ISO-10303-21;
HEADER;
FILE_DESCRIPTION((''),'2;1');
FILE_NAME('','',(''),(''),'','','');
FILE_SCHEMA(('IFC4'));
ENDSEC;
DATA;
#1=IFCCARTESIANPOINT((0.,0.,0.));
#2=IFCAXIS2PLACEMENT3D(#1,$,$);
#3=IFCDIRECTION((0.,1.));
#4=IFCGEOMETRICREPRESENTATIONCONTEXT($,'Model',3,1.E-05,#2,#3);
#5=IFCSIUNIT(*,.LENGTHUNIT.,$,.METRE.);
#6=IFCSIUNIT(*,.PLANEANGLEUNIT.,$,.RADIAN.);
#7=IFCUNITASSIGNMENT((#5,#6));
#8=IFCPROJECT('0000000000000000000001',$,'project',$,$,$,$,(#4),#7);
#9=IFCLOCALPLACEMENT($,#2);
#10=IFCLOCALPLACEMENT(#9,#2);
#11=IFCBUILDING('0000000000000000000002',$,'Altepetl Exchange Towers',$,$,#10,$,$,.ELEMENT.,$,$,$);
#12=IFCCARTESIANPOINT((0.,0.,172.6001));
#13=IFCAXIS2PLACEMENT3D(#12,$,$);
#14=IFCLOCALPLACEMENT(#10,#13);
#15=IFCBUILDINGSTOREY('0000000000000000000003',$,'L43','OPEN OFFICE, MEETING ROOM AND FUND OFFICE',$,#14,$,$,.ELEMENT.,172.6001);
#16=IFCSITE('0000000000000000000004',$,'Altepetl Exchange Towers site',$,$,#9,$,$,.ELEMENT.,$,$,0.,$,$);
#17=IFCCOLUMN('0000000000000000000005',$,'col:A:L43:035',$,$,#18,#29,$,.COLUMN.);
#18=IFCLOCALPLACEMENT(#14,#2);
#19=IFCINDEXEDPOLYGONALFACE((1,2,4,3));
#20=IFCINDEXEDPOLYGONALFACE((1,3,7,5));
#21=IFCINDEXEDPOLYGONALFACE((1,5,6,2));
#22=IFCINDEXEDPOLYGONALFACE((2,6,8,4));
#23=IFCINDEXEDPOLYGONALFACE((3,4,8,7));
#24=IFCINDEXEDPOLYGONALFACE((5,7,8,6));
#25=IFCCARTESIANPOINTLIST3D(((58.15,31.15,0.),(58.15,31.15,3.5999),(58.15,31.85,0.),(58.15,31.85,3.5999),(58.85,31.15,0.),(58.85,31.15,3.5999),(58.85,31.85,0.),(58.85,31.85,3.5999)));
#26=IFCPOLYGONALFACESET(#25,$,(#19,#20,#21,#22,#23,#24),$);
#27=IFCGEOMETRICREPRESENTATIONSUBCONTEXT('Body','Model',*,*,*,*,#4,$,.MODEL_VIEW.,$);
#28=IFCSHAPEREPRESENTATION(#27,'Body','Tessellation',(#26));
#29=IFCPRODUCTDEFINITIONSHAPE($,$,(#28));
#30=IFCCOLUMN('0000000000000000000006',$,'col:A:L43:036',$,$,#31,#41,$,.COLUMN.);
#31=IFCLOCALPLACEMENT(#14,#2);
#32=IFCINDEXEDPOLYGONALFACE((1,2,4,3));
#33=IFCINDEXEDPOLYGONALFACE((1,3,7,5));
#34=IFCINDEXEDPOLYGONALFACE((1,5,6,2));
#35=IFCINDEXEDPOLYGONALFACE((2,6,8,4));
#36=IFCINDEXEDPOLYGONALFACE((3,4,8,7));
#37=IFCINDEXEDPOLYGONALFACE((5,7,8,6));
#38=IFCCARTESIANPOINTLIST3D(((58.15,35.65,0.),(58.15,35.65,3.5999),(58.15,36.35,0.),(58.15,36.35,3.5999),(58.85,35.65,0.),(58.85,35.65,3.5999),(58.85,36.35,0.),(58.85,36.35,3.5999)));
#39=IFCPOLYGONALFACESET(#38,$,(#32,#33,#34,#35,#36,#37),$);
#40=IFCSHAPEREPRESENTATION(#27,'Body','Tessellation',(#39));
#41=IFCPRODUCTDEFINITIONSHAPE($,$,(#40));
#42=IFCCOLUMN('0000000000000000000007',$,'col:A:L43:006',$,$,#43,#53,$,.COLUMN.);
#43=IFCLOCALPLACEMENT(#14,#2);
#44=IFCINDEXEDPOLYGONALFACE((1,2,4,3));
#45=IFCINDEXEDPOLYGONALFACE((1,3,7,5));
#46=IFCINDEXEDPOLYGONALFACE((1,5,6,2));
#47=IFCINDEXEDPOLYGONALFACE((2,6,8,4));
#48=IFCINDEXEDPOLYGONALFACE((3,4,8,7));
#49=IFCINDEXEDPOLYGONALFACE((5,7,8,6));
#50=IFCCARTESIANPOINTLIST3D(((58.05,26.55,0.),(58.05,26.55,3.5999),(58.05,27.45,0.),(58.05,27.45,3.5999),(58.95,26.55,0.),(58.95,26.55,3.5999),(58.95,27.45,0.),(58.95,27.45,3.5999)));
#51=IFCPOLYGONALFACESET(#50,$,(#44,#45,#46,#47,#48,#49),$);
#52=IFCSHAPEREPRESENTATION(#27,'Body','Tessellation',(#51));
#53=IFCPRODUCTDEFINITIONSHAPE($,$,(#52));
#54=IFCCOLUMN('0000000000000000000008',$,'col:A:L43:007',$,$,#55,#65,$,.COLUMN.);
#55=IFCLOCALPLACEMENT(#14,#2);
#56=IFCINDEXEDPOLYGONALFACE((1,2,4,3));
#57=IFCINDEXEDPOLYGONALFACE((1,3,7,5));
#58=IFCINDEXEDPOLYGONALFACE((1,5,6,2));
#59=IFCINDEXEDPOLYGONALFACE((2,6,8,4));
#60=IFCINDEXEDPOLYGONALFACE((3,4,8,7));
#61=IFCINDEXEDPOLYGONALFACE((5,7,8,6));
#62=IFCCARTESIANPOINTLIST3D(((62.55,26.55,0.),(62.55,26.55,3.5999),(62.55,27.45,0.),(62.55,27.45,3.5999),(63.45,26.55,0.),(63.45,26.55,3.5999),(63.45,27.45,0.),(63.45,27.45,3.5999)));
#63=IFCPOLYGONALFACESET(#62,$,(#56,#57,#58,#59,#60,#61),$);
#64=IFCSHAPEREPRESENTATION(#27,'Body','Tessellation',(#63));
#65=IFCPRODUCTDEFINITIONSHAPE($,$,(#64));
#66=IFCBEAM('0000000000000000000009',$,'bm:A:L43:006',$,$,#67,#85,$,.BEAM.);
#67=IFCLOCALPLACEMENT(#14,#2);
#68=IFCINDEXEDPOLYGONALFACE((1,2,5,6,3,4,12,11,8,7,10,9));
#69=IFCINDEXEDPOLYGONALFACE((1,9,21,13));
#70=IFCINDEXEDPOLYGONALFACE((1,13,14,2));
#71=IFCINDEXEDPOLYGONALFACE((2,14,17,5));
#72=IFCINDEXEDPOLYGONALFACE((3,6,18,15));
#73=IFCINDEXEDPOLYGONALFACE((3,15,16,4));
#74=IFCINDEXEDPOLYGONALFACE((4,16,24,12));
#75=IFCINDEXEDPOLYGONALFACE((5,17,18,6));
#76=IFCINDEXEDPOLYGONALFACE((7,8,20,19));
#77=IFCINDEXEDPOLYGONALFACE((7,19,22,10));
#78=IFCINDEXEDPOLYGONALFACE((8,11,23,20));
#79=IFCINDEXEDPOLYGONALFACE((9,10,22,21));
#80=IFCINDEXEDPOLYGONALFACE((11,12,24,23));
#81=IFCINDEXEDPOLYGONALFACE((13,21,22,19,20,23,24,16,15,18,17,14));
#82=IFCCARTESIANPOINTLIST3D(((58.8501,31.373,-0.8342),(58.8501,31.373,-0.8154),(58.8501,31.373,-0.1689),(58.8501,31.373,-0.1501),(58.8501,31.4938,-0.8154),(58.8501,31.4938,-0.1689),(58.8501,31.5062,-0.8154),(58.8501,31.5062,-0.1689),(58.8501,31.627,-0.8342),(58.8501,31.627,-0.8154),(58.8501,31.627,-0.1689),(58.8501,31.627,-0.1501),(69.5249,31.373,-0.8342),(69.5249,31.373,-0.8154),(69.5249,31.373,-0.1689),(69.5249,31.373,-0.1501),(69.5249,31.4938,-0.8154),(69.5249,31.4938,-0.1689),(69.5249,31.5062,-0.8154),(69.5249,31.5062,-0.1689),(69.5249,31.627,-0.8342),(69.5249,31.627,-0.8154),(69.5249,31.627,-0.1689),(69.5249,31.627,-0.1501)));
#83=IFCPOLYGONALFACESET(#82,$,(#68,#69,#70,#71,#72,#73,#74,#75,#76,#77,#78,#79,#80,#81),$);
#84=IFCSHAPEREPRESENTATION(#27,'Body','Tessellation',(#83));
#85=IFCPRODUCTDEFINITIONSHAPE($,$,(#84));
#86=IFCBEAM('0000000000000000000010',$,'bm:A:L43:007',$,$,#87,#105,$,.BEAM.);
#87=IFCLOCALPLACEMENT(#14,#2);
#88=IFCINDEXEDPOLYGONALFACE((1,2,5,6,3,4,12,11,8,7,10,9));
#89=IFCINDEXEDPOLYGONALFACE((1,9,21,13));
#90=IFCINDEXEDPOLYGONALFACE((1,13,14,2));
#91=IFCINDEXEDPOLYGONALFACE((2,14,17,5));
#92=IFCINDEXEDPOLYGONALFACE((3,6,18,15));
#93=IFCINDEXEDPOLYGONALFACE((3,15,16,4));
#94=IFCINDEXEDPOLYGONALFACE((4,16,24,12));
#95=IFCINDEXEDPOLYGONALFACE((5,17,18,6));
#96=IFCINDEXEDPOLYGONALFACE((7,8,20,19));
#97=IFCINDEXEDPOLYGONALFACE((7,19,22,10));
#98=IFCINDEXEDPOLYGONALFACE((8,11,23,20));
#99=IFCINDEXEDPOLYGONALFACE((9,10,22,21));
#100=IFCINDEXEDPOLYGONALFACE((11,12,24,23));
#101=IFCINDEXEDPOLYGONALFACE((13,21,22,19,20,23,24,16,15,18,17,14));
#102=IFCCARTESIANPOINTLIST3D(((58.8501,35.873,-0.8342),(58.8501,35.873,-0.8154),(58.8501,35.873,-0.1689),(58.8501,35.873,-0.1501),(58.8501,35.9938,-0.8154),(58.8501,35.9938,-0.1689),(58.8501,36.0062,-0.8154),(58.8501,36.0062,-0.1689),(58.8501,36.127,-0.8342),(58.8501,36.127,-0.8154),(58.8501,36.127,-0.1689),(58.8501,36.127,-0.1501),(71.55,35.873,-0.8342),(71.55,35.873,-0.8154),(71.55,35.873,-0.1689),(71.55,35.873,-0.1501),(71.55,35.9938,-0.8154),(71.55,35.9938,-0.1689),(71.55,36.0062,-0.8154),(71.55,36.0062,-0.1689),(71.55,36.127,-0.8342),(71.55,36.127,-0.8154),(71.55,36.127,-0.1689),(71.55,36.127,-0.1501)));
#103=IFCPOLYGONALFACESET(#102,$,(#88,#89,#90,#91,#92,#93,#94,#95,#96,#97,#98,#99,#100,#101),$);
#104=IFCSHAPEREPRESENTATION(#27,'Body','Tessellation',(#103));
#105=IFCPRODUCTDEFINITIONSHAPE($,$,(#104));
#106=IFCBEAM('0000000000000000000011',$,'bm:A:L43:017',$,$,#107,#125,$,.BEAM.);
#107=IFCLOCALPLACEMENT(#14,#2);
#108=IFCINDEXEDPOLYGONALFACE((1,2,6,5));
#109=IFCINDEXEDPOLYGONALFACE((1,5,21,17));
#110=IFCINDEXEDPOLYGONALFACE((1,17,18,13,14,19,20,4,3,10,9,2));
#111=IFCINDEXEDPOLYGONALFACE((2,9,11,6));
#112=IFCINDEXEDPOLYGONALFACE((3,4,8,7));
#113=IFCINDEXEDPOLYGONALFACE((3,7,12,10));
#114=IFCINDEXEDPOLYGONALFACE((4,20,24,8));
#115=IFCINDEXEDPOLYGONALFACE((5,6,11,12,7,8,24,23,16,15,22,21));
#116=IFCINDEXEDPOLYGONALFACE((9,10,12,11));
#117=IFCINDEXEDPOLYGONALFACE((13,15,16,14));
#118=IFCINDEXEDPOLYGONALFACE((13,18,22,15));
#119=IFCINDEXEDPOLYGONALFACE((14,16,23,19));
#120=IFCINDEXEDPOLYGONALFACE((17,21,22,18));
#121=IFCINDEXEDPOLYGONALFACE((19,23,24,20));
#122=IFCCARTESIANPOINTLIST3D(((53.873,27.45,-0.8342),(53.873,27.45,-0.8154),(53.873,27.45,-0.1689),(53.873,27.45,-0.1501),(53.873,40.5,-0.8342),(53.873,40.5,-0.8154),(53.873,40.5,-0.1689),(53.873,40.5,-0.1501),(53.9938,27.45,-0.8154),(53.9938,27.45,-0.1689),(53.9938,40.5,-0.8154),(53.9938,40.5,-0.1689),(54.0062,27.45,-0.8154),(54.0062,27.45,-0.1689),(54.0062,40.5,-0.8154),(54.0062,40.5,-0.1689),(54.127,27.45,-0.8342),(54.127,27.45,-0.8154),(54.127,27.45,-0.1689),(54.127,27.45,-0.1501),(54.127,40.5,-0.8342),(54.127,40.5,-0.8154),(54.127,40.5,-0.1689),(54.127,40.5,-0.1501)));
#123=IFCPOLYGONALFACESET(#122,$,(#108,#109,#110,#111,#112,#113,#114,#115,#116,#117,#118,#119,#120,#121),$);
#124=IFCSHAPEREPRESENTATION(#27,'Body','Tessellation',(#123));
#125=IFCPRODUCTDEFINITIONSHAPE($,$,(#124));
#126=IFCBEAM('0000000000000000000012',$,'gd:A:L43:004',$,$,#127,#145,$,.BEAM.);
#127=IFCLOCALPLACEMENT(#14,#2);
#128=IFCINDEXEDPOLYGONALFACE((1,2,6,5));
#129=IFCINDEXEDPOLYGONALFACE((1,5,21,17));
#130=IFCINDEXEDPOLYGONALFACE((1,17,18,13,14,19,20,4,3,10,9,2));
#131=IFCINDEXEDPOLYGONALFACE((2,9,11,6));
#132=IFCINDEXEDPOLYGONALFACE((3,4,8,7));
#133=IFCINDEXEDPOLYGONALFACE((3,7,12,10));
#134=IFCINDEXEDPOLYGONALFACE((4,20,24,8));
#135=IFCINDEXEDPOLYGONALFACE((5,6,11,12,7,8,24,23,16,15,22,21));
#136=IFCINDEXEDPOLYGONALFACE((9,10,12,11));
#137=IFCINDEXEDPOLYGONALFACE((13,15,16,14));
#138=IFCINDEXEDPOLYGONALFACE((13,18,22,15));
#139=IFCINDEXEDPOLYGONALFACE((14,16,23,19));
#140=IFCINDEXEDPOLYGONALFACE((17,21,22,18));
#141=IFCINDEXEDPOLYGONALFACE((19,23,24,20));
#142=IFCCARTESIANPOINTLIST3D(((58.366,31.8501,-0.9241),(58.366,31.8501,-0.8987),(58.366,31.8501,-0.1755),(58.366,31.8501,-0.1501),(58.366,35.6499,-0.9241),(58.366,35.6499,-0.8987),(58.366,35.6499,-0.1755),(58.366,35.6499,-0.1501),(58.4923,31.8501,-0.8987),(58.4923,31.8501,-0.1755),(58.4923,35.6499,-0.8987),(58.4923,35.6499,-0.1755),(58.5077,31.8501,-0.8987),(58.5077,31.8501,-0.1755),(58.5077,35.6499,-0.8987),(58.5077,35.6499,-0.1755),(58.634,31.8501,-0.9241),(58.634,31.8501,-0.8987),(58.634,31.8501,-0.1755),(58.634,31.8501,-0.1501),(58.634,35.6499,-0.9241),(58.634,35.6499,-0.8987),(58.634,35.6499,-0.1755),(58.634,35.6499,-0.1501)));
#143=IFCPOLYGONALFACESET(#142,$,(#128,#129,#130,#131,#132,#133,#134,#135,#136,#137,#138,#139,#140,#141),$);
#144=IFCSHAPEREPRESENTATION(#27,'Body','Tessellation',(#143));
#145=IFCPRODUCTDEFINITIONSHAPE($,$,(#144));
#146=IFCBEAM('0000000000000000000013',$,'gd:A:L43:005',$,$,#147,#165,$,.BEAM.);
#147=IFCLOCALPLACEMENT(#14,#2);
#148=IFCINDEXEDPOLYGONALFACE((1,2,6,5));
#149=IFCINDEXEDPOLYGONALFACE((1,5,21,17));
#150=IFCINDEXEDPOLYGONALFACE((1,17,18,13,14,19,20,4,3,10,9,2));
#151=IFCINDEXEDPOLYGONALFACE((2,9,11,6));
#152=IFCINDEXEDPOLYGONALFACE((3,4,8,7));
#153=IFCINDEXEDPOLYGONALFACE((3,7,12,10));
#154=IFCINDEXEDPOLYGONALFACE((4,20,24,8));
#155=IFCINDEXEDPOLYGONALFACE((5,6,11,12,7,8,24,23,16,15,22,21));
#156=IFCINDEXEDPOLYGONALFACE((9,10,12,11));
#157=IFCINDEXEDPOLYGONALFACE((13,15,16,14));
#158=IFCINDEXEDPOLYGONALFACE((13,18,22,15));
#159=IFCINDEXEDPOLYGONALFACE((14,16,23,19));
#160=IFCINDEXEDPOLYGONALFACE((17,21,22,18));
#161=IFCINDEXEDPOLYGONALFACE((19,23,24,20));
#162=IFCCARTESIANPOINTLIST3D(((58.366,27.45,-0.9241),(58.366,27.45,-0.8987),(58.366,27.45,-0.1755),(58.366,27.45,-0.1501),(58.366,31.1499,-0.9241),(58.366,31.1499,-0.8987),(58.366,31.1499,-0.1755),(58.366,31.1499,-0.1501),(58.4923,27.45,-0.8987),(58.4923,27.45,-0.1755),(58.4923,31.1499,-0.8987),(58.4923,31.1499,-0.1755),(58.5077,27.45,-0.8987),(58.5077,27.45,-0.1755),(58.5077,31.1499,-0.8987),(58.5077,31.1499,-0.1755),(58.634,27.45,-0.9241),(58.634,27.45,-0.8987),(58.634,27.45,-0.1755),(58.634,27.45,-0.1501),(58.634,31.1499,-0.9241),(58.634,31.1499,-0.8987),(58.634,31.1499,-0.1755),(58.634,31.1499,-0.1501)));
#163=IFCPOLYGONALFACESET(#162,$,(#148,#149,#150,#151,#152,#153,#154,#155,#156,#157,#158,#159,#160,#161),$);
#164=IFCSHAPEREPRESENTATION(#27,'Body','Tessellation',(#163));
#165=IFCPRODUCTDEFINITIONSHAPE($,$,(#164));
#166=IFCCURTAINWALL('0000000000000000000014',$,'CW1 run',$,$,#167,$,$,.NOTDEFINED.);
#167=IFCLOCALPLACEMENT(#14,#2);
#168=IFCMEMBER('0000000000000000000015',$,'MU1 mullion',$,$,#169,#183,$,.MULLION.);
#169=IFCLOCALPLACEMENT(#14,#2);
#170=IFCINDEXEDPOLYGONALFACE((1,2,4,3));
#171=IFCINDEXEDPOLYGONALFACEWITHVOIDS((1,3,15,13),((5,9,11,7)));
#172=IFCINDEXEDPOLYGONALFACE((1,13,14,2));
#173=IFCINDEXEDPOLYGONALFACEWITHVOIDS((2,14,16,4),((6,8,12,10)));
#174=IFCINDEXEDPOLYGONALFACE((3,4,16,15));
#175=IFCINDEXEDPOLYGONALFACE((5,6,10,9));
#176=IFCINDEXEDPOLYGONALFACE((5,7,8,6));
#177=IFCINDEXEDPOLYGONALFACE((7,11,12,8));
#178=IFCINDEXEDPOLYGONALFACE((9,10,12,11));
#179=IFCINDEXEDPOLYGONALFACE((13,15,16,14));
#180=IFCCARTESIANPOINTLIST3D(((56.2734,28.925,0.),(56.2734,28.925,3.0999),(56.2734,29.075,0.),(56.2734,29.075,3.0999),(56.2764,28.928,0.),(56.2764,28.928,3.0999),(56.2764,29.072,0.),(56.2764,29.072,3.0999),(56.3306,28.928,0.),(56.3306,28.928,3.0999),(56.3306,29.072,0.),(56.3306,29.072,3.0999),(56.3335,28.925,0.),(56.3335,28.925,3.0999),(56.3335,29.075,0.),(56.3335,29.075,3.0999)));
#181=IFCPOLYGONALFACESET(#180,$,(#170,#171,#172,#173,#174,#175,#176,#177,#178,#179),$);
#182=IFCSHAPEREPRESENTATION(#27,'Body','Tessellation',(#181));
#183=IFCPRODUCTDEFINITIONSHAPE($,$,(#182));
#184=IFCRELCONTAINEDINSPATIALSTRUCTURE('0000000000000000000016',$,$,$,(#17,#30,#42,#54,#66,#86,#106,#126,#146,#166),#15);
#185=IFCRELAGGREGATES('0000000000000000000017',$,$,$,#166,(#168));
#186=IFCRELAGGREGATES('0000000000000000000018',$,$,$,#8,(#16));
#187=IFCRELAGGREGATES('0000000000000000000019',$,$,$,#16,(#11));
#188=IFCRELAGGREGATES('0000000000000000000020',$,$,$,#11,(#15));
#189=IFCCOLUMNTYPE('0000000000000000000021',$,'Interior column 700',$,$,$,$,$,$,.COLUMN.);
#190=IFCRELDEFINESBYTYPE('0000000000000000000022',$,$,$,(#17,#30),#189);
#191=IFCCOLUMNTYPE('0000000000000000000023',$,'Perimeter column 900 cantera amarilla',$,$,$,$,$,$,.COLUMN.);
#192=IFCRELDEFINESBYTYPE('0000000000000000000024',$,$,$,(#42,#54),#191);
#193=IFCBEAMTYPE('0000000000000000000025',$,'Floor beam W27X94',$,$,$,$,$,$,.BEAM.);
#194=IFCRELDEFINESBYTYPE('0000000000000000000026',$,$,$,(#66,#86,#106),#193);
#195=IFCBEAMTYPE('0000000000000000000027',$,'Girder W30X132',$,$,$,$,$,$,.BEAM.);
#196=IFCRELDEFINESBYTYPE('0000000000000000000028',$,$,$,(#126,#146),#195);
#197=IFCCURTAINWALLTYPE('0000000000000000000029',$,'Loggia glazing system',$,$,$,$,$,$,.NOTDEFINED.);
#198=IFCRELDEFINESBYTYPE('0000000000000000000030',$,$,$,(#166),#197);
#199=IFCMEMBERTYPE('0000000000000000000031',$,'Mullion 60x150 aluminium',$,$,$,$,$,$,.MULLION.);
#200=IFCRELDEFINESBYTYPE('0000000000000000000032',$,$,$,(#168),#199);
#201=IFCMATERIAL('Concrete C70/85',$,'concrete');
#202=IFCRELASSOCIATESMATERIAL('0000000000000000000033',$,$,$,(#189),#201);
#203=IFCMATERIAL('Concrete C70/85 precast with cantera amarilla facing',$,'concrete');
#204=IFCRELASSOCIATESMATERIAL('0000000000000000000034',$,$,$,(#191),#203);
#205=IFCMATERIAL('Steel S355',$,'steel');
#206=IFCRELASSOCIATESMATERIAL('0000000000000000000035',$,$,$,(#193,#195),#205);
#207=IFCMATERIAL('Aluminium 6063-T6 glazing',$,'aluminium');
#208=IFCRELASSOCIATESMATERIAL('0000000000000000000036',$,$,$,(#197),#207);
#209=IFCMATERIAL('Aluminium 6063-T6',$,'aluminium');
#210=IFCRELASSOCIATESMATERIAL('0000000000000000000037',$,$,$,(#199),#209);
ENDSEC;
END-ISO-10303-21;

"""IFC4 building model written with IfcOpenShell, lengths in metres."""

from ifc_helpers import new_model, si_unit, direction, frame, origin, origin_2d, place, context, subcontext, project, spatial, rectangle, hollow_rectangle, i_section, extrude, material, material_profile, profile_set, type_object, element, aggregate, save


model = new_model("IFC4")

# Units and contexts
model_context = context("Model", 3, precision=1e-05, world=origin(), true_north=direction((0.0, 1.0)))
body_context = subcontext(model_context, "Body", "Model", "MODEL_VIEW")
ifc_project = project(units=[si_unit("LENGTHUNIT", "METRE"), si_unit("PLANEANGLEUNIT", "RADIAN")], contexts=[model_context])

# Site, building, storey
site_placement = place(None, origin())
site = spatial("IfcSite", under=ifc_project, at=site_placement, Name="Altepetl Exchange Towers site", CompositionType="ELEMENT", RefElevation=0.0)
building_placement = place(site_placement, origin())
building = spatial("IfcBuilding", under=site, at=building_placement, Name="Altepetl Exchange Towers", CompositionType="ELEMENT")
storey_placement = place(building_placement, frame((0.0, 0.0, 172.6001)))
storey = spatial("IfcBuildingStorey", under=building, at=storey_placement, Name="L43", Description="OPEN OFFICE, MEETING ROOM AND FUND OFFICE", CompositionType="ELEMENT", Elevation=172.6001)

# Columns
ifc_material_1 = material(Name="Concrete C70/85", Category="concrete")
ifc_material_profile_1 = material_profile(ifc_material_1, rectangle(XDim=0.7, YDim=0.7, at=origin_2d()), Name="700 x 700")
ifc_profile_set_1 = profile_set([ifc_material_profile_1], Name="Concrete C70/85")
column_type_1 = type_object("IfcColumnType", Name="Interior column 700", PredefinedType="COLUMN", material=ifc_profile_set_1)
for number, where, name in (
    (1, (58.5, 31.5, 0.0), "col:A:L43:035"),
    (2, (58.5, 36.0, 0.0), "col:A:L43:036"),
):
    element("IfcColumn", number, at=place(storey_placement, frame(where)), inside=storey, type_object=column_type_1, Name=name, PredefinedType="COLUMN", context=body_context, shape_type="SweptSolid", body=[
        extrude(rectangle(XDim=0.7, YDim=0.7, at=origin_2d()), origin(), (0.0, 0.0, 1.0), 3.5999),
    ])
ifc_material_2 = material(Name="Concrete C70/85 precast with cantera amarilla facing", Category="concrete")
ifc_material_profile_2 = material_profile(ifc_material_2, rectangle(XDim=0.8999, YDim=0.8999, at=origin_2d()), Name="900 x 900")
ifc_profile_set_2 = profile_set([ifc_material_profile_2], Name="Concrete C70/85 precast with cantera amarilla facing")
column_type_2 = type_object("IfcColumnType", Name="Perimeter column 900 cantera amarilla", PredefinedType="COLUMN", material=ifc_profile_set_2)
for number, where, name in (
    (3, (58.5, 27.0, 0.0), "col:A:L43:006"),
    (4, (63.0, 27.0, 0.0), "col:A:L43:007"),
):
    element("IfcColumn", number, at=place(storey_placement, frame(where)), inside=storey, type_object=column_type_2, Name=name, PredefinedType="COLUMN", context=body_context, shape_type="SweptSolid", body=[
        extrude(rectangle(XDim=0.8999, YDim=0.8999, at=origin_2d()), origin(), (0.0, 0.0, 1.0), 3.5999),
    ])

# Beams
ifc_material_3 = material(Name="Steel S355", Category="steel")
ifc_material_profile_3 = material_profile(ifc_material_3, i_section(OverallWidth=0.2539, OverallDepth=0.6841, WebThickness=0.0125, FlangeThickness=0.0188, at=origin_2d()), Name="W27X94")
ifc_profile_set_3 = profile_set([ifc_material_profile_3], Name="Steel S355")
beam_type_1 = type_object("IfcBeamType", Name="Floor beam W27X94", PredefinedType="BEAM", material=ifc_profile_set_3)
beam_1_placement = place(storey_placement, frame((58.8501, 31.5, -0.4922), z_axis=(1.0, 0.0, 0.0), x_axis=(0.0, 1.0, 0.0)))
element("IfcBeam", 5, at=beam_1_placement, inside=storey, type_object=beam_type_1, Name="bm:A:L43:006", PredefinedType="BEAM", context=body_context, shape_type="SweptSolid", body=[
    extrude(i_section(OverallWidth=0.2539, OverallDepth=0.6841, WebThickness=0.0125, FlangeThickness=0.0188, at=origin_2d()), origin(), (0.0, 0.0, 1.0), 10.6748),
])
beam_2_placement = place(storey_placement, frame((58.8501, 36.0, -0.4922), z_axis=(1.0, 0.0, 0.0), x_axis=(0.0, 1.0, 0.0)))
element("IfcBeam", 6, at=beam_2_placement, inside=storey, type_object=beam_type_1, Name="bm:A:L43:007", PredefinedType="BEAM", context=body_context, shape_type="SweptSolid", body=[
    extrude(i_section(OverallWidth=0.2539, OverallDepth=0.6841, WebThickness=0.0125, FlangeThickness=0.0188, at=origin_2d()), origin(), (0.0, 0.0, 1.0), 12.7),
])
beam_3_placement = place(storey_placement, frame((54.0, 27.45, -0.4922), z_axis=(0.0, 1.0, 0.0), x_axis=(-1.0, 0.0, 0.0)))
element("IfcBeam", 7, at=beam_3_placement, inside=storey, type_object=beam_type_1, Name="bm:A:L43:017", PredefinedType="BEAM", context=body_context, shape_type="SweptSolid", body=[
    extrude(i_section(OverallWidth=0.2539, OverallDepth=0.6841, WebThickness=0.0125, FlangeThickness=0.0188, at=origin_2d()), origin(), (0.0, 0.0, 1.0), 13.05),
])
ifc_material_profile_4 = material_profile(ifc_material_3, i_section(OverallWidth=0.2681, OverallDepth=0.7739, WebThickness=0.0154, FlangeThickness=0.0254, at=origin_2d()), Name="W30X132")
ifc_profile_set_4 = profile_set([ifc_material_profile_4], Name="Steel S355")
beam_type_2 = type_object("IfcBeamType", Name="Girder W30X132", PredefinedType="BEAM", material=ifc_profile_set_4)
beam_4_placement = place(storey_placement, frame((58.5, 35.6499, -0.5371), z_axis=(0.0, -1.0, 0.0), x_axis=(1.0, 0.0, 0.0)))
element("IfcBeam", 8, at=beam_4_placement, inside=storey, type_object=beam_type_2, Name="gd:A:L43:004", PredefinedType="BEAM", context=body_context, shape_type="SweptSolid", body=[
    extrude(i_section(OverallWidth=0.2681, OverallDepth=0.7739, WebThickness=0.0154, FlangeThickness=0.0254, at=origin_2d()), origin(), (0.0, 0.0, 1.0), 3.7998),
])
beam_5_placement = place(storey_placement, frame((58.5, 31.1499, -0.5371), z_axis=(0.0, -1.0, 0.0), x_axis=(1.0, 0.0, 0.0)))
element("IfcBeam", 9, at=beam_5_placement, inside=storey, type_object=beam_type_2, Name="gd:A:L43:005", PredefinedType="BEAM", context=body_context, shape_type="SweptSolid", body=[
    extrude(i_section(OverallWidth=0.2681, OverallDepth=0.7739, WebThickness=0.0154, FlangeThickness=0.0254, at=origin_2d()), origin(), (0.0, 0.0, 1.0), 3.7),
])

# Curtain wall, member
ifc_material_4 = material(Name="Aluminium 6063-T6 glazing", Category="aluminium")
curtain_wall_type = type_object("IfcCurtainWallType", Name="Loggia glazing system", PredefinedType="NOTDEFINED", material=ifc_material_4)
curtain_wall_1_placement = place(storey_placement, origin())
curtain_wall_1 = element("IfcCurtainWall", 10, at=curtain_wall_1_placement, inside=storey, type_object=curtain_wall_type, Name="CW1 run", PredefinedType="NOTDEFINED")
ifc_material_5 = material(Name="Aluminium 6063-T6", Category="aluminium")
ifc_material_profile_5 = material_profile(ifc_material_5, hollow_rectangle(XDim=0.0601, YDim=0.1499, WallThickness=0.0029, at=origin_2d()), Name="Mullion 60x150 aluminium")
ifc_profile_set_5 = profile_set([ifc_material_profile_5], Name="Aluminium 6063-T6")
member_type = type_object("IfcMemberType", Name="Mullion 60x150 aluminium", PredefinedType="MULLION", material=ifc_profile_set_5)
member_1_placement = place(storey_placement, frame((56.3035, 29.0, 0.0)))
member_1 = element("IfcMember", 11, at=member_1_placement, type_object=member_type, Name="MU1 mullion", PredefinedType="MULLION", context=body_context, shape_type="SweptSolid", body=[
    extrude(hollow_rectangle(XDim=0.0601, YDim=0.1499, WallThickness=0.0029, at=origin_2d()), origin(), (0.0, 0.0, 1.0), 3.0999),
])

aggregate(curtain_wall_1, [member_1])

save(model, "model.ifc")
